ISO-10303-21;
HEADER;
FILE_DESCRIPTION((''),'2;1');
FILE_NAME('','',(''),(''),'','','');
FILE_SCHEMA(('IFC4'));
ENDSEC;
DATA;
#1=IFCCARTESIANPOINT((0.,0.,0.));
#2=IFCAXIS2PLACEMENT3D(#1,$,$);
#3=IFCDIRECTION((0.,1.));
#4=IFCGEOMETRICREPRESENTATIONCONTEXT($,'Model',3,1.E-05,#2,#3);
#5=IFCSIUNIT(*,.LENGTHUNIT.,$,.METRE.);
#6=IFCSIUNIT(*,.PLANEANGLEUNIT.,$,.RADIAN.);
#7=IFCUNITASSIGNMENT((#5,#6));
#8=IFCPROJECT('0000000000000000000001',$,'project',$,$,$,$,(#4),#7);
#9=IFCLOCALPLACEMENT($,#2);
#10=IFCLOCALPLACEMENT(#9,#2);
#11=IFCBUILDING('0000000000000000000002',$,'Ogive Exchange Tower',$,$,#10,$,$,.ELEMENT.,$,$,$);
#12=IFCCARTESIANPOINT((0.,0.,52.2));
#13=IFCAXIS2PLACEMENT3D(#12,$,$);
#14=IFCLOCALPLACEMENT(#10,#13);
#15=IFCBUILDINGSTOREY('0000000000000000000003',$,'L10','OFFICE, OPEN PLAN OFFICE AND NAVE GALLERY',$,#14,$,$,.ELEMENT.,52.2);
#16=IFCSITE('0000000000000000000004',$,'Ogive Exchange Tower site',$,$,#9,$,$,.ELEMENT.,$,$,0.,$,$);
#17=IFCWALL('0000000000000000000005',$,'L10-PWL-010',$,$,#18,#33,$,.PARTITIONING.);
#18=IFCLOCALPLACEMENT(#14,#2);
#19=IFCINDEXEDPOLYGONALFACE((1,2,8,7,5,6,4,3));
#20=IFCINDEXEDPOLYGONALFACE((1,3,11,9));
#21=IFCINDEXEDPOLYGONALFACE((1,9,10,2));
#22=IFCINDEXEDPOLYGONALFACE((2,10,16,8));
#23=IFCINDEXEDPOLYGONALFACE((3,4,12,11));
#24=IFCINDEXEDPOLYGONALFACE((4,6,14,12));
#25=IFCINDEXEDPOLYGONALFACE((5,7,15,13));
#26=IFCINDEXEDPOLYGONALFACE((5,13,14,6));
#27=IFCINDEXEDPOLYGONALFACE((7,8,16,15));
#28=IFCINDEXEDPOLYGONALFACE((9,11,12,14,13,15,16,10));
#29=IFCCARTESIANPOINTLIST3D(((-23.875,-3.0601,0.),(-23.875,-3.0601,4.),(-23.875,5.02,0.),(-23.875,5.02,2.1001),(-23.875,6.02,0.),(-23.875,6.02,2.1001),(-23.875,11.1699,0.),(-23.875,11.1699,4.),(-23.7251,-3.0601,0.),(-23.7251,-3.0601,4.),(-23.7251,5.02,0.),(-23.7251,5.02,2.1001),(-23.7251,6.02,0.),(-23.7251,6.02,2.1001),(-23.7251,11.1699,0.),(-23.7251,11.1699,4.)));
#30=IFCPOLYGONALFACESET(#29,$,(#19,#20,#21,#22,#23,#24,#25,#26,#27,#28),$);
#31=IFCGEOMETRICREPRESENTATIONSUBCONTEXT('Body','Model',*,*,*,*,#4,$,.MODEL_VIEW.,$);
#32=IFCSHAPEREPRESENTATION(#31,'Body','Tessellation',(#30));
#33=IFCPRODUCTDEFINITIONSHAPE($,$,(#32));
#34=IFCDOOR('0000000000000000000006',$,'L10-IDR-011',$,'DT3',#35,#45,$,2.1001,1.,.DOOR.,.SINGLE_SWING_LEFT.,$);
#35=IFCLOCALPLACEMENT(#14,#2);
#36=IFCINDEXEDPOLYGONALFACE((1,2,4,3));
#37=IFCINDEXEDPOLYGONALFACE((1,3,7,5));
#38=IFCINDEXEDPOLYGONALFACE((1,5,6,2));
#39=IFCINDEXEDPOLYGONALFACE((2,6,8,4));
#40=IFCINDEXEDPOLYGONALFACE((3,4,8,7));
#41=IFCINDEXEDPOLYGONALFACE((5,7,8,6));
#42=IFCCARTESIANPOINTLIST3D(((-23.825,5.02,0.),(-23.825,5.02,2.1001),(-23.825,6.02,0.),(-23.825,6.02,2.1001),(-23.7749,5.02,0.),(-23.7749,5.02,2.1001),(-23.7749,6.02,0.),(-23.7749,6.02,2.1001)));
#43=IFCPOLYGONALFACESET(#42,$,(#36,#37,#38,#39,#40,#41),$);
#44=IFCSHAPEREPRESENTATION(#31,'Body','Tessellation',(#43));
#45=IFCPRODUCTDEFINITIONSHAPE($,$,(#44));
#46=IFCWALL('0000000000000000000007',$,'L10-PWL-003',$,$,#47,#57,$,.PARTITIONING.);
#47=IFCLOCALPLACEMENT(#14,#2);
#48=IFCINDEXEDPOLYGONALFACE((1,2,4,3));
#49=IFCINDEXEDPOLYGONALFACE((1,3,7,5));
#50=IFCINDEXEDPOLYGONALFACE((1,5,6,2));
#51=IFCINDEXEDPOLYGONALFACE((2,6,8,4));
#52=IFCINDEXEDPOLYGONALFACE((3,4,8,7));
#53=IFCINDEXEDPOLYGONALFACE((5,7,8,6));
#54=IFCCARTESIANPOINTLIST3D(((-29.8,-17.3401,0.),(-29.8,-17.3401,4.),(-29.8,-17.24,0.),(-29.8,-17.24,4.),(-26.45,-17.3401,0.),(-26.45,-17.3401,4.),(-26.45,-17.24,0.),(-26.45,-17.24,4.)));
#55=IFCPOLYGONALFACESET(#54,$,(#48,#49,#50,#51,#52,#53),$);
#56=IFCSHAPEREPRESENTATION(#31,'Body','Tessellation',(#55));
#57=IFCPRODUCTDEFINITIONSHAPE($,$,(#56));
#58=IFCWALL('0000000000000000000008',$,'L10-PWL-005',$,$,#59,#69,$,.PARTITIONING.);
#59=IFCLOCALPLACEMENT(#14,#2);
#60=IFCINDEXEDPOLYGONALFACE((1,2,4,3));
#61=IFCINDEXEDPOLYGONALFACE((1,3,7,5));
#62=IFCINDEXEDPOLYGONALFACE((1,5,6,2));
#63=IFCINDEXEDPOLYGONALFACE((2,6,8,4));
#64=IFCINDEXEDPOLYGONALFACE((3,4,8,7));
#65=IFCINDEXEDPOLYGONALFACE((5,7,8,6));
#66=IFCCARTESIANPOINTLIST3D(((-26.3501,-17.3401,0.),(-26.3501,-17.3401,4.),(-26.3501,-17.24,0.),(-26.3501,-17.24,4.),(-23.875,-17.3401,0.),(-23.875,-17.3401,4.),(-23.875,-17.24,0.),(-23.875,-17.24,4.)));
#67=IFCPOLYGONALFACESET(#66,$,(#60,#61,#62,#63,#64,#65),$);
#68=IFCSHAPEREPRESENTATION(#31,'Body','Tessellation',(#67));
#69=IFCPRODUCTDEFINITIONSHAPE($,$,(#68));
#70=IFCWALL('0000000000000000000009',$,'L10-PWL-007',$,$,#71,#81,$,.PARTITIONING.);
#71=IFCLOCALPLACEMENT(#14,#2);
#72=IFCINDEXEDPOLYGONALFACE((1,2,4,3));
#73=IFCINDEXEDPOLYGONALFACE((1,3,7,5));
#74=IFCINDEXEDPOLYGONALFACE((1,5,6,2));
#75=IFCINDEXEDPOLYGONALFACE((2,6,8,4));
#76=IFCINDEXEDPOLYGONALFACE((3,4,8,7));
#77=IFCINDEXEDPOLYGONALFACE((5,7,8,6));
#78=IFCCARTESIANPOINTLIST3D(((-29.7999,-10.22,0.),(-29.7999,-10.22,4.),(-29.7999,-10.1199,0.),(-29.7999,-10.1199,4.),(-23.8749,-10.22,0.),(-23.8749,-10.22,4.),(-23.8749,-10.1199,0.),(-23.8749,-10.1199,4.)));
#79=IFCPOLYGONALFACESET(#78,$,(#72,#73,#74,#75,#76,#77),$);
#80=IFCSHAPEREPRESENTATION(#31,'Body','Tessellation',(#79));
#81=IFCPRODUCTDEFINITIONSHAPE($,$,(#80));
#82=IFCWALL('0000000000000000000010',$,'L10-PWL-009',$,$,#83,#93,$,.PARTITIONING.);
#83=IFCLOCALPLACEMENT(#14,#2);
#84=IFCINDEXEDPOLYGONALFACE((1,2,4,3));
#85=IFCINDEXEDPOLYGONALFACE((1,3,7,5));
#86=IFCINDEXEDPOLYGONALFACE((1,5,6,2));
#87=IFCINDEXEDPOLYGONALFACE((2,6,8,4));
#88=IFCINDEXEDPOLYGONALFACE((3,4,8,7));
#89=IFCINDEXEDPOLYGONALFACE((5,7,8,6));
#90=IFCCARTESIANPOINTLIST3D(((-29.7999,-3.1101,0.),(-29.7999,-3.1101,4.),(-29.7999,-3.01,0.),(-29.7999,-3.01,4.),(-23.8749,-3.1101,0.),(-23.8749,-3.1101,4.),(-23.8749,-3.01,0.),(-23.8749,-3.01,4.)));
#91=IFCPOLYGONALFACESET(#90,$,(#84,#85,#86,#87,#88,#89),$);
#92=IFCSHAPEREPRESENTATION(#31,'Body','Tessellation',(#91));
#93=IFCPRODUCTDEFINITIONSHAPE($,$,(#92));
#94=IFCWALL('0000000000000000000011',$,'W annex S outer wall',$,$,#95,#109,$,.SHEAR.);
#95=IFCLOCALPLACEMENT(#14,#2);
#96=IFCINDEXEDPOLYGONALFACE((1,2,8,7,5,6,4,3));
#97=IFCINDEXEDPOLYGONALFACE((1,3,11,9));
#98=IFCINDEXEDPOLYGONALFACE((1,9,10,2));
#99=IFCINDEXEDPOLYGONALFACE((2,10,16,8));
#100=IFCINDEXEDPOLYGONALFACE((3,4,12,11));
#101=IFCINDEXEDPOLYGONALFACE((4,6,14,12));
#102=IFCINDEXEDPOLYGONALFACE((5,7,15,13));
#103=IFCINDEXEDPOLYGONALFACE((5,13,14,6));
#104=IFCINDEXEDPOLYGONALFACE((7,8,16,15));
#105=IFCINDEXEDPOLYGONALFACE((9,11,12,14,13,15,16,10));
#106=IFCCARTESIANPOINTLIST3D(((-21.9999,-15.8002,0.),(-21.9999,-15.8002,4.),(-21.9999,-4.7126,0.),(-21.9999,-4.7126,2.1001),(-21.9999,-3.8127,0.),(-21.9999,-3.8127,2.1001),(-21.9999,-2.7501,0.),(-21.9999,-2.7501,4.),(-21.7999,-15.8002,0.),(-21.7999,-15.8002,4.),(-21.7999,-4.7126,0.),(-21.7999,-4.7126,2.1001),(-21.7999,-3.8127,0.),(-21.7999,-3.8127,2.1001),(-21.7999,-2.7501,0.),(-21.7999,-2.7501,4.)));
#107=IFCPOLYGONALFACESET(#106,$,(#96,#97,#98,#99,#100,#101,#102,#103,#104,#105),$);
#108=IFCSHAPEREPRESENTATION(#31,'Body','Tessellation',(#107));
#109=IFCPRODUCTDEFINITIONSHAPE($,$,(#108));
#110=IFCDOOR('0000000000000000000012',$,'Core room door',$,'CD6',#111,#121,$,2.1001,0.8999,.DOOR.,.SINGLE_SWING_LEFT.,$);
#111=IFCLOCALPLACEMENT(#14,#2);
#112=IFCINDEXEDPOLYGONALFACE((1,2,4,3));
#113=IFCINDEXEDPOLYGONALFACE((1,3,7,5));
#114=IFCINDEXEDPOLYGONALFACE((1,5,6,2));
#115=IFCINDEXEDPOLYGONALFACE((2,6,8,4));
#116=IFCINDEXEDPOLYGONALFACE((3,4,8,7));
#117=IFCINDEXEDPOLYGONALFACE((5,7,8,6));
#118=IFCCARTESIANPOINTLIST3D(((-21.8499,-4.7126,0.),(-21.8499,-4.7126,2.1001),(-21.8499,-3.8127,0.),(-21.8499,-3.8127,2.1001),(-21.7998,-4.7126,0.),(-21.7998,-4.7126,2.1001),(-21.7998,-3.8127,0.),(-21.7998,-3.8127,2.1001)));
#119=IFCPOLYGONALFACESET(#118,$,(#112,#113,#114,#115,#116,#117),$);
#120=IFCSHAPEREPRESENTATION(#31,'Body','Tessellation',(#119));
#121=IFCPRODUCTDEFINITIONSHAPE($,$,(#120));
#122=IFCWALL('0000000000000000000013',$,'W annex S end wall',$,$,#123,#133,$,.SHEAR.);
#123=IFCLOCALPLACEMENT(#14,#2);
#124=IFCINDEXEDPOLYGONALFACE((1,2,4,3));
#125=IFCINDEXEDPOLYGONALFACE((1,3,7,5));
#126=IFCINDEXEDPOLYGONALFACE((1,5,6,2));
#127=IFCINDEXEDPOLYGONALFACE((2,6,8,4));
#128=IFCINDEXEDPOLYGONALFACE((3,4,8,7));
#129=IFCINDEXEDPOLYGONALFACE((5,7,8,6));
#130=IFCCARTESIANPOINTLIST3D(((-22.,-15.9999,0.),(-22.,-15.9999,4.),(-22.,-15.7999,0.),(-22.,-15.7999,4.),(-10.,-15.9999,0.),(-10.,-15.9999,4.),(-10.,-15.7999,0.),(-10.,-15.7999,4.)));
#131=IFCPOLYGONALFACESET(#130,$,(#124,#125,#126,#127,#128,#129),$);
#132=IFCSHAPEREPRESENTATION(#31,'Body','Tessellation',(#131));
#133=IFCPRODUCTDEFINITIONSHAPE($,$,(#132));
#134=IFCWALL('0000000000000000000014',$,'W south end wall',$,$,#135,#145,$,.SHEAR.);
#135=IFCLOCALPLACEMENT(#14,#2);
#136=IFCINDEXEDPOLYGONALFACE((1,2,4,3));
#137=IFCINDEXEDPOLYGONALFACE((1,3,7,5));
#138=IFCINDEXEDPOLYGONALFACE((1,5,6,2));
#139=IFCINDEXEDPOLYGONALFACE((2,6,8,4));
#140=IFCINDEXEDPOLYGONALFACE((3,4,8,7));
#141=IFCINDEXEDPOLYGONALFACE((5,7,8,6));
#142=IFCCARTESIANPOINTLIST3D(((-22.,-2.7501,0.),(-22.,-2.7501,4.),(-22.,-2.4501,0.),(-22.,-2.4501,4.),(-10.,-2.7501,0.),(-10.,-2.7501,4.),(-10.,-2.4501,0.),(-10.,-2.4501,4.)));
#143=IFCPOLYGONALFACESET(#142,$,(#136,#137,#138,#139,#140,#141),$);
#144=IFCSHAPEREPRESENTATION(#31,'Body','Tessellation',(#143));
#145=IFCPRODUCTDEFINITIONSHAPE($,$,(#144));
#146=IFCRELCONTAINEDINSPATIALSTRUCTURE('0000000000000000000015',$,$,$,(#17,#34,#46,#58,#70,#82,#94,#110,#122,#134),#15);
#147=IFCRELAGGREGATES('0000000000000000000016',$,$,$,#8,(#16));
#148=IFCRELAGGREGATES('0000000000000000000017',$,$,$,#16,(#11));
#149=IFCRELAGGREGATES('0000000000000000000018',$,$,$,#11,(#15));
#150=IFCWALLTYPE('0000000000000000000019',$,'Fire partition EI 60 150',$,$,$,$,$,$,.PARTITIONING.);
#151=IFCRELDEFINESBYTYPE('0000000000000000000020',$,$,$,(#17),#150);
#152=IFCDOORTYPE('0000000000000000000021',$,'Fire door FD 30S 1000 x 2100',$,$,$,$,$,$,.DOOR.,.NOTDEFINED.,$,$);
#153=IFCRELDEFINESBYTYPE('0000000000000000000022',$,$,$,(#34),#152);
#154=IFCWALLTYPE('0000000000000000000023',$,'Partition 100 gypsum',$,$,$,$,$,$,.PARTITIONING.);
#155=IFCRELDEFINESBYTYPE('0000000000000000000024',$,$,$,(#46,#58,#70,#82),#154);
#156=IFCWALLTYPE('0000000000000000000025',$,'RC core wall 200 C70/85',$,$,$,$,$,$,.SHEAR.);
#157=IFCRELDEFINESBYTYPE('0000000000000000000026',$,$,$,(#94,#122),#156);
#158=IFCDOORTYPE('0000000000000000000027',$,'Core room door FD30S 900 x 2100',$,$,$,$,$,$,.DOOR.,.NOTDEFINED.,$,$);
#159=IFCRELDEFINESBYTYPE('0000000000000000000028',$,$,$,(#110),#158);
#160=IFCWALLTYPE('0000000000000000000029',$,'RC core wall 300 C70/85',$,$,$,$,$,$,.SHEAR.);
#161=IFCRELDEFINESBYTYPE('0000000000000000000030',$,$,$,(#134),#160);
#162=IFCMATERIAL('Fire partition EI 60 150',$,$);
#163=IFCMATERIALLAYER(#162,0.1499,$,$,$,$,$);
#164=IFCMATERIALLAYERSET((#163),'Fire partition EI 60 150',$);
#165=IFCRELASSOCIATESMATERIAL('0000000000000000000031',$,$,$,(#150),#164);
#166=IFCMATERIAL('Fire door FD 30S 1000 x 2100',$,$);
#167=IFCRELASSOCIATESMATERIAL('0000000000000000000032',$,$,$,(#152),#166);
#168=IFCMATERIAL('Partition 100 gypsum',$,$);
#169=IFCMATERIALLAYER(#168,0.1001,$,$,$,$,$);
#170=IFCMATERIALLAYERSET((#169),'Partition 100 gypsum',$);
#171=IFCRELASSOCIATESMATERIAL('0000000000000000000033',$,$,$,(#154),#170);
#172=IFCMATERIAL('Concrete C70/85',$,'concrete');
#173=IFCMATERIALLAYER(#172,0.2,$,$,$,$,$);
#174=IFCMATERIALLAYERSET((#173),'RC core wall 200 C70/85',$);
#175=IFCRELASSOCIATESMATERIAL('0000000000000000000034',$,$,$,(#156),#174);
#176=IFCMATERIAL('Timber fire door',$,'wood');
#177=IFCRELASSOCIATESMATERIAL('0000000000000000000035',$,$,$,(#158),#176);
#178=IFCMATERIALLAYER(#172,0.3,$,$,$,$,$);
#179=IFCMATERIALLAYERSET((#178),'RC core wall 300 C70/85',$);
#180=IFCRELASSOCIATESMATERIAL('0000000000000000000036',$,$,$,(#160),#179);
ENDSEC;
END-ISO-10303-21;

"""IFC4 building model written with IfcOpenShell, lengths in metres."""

from ifc_helpers import new_model, si_unit, direction, frame, frame_2d, origin, place, context, subcontext, project, spatial, rectangle, extrude, material, layer, layer_set, type_object, element, fill, save


model = new_model("IFC4")

# Units and contexts
model_context = context("Model", 3, precision=1e-05, world=origin(), true_north=direction((0.0, 1.0)))
body_context = subcontext(model_context, "Body", "Model", "MODEL_VIEW")
ifc_project = project(units=[si_unit("LENGTHUNIT", "METRE"), si_unit("PLANEANGLEUNIT", "RADIAN")], contexts=[model_context])

# Site, building, storey
site_placement = place(None, origin())
site = spatial("IfcSite", under=ifc_project, at=site_placement, Name="Ogive Exchange Tower site", CompositionType="ELEMENT", RefElevation=0.0)
building_placement = place(site_placement, origin())
building = spatial("IfcBuilding", under=site, at=building_placement, Name="Ogive Exchange Tower", CompositionType="ELEMENT")
storey_placement = place(building_placement, frame((0.0, 0.0, 52.2)))
storey = spatial("IfcBuildingStorey", under=building, at=storey_placement, Name="L10", Description="OFFICE, OPEN PLAN OFFICE AND NAVE GALLERY", CompositionType="ELEMENT", Elevation=52.2)

# Wall, opening, door
ifc_material_1 = material(Name="Fire partition EI 60 150")
ifc_layer_1 = layer(ifc_material_1, 0.1499)
ifc_layer_set_1 = layer_set([ifc_layer_1], Name="Fire partition EI 60 150")
wall_type_1 = type_object("IfcWallType", Name="Fire partition EI 60 150", PredefinedType="PARTITIONING", material=ifc_layer_set_1)
ifc_material_2 = material(Name="Fire door FD 30S 1000 x 2100")
door_type_1 = type_object("IfcDoorType", Name="Fire door FD 30S 1000 x 2100", OperationType="NOTDEFINED", PredefinedType="DOOR", material=ifc_material_2)
wall_1_placement = place(storey_placement, frame((-23.8, -3.0601, 0.0), z_axis=(0.0, 0.0, 1.0), x_axis=(0.0, 1.0, 0.0)))
wall_1 = element("IfcWall", 1, at=wall_1_placement, inside=storey, type_object=wall_type_1, Name="L10-PWL-010", PredefinedType="PARTITIONING", context=body_context, shape_type="SweptSolid", body=[
    extrude(rectangle(XDim=14.23, YDim=0.1499, at=frame_2d((7.115, 0.0))), origin(), (0.0, 0.0, 1.0), 4.0),
])
opening_1_placement = place(wall_1_placement, frame((8.0801, 0.0, 0.0)))
opening_1 = element("IfcOpeningElement", 2, at=opening_1_placement, cuts=wall_1, PredefinedType="OPENING", context=body_context, shape_type="SweptSolid", body=[
    extrude(rectangle(XDim=1.0, YDim=2.1001, at=frame_2d((0.5, 1.05))), frame((0.0, 0.085, 0.0), z_axis=(0.0, -1.0, 0.0), x_axis=(1.0, 0.0, 0.0)), (0.0, 0.0, 1.0), 0.1699),
])
door_1_placement = place(opening_1_placement, origin())
door_1 = element("IfcDoor", 3, at=door_1_placement, inside=storey, type_object=door_type_1, Name="L10-IDR-011", ObjectType="DT3", OperationType="SINGLE_SWING_LEFT", OverallHeight=2.1001, OverallWidth=1.0, PredefinedType="DOOR", context=body_context, shape_type="SweptSolid", body=[
    extrude(rectangle(XDim=1.0, YDim=2.1001, at=frame_2d((0.5, 1.05))), frame((0.0, 0.0249, 0.0), z_axis=(0.0, -1.0, 0.0), x_axis=(1.0, 0.0, 0.0)), (0.0, 0.0, 1.0), 0.05),
])
fill(opening_1, door_1)

# Walls
ifc_material_3 = material(Name="Partition 100 gypsum")
ifc_layer_2 = layer(ifc_material_3, 0.1001)
ifc_layer_set_2 = layer_set([ifc_layer_2], Name="Partition 100 gypsum")
wall_type_2 = type_object("IfcWallType", Name="Partition 100 gypsum", PredefinedType="PARTITIONING", material=ifc_layer_set_2)
wall_2_placement = place(storey_placement, frame((-26.45, -17.29, 0.0), z_axis=(0.0, 0.0, 1.0), x_axis=(-1.0, 0.0, 0.0)))
element("IfcWall", 4, at=wall_2_placement, inside=storey, type_object=wall_type_2, Name="L10-PWL-003", PredefinedType="PARTITIONING", context=body_context, shape_type="SweptSolid", body=[
    extrude(rectangle(XDim=3.3501, YDim=0.1001, at=frame_2d((1.675, 0.0))), origin(), (0.0, 0.0, 1.0), 4.0),
])
wall_3_placement = place(storey_placement, frame((-23.875, -17.29, 0.0), z_axis=(0.0, 0.0, 1.0), x_axis=(-1.0, 0.0, 0.0)))
element("IfcWall", 5, at=wall_3_placement, inside=storey, type_object=wall_type_2, Name="L10-PWL-005", PredefinedType="PARTITIONING", context=body_context, shape_type="SweptSolid", body=[
    extrude(rectangle(XDim=2.4751, YDim=0.1001, at=frame_2d((1.2375, 0.0))), origin(), (0.0, 0.0, 1.0), 4.0),
])
for number, where, z_axis, x_axis, name in (
    (6, (-23.875, -10.1699, 0.0), (0.0, 0.0, 1.0), (-1.0, 0.0, 0.0), "L10-PWL-007"),
    (7, (-23.875, -3.0601, 0.0), (0.0, 0.0, 1.0), (-1.0, 0.0, 0.0), "L10-PWL-009"),
):
    element("IfcWall", number, at=place(storey_placement, frame(where, z_axis=z_axis, x_axis=x_axis)), inside=storey, type_object=wall_type_2, Name=name, PredefinedType="PARTITIONING", context=body_context, shape_type="SweptSolid", body=[
        extrude(rectangle(XDim=5.925, YDim=0.1001, at=frame_2d((2.9624, 0.0))), origin(), (0.0, 0.0, 1.0), 4.0),
    ])

# Wall, opening, door
ifc_material_4 = material(Name="Concrete C70/85", Category="concrete")
ifc_layer_3 = layer(ifc_material_4, 0.2)
ifc_layer_set_3 = layer_set([ifc_layer_3], Name="RC core wall 200 C70/85")
wall_type_3 = type_object("IfcWallType", Name="RC core wall 200 C70/85", PredefinedType="SHEAR", material=ifc_layer_set_3)
wall_4_placement = place(storey_placement, frame((-21.8999, -15.8, 0.0), z_axis=(0.0, 0.0, 1.0), x_axis=(0.0, 1.0, 0.0)))
wall_4 = element("IfcWall", 8, at=wall_4_placement, inside=storey, type_object=wall_type_3, Name="W annex S outer wall", PredefinedType="SHEAR", context=body_context, shape_type="SweptSolid", body=[
    extrude(rectangle(XDim=13.05, YDim=0.2, at=frame_2d((6.5249, 0.0))), origin(), (0.0, 0.0, 1.0), 4.0),
])
opening_2_placement = place(wall_4_placement, frame((11.0874, 0.0, 0.0)))
opening_2 = element("IfcOpeningElement", 9, at=opening_2_placement, cuts=wall_4, PredefinedType="OPENING", context=body_context, shape_type="SweptSolid", body=[
    extrude(rectangle(XDim=0.8999, YDim=2.1001, at=frame_2d((0.45, 1.05))), frame((0.0, 0.1099, 0.0), z_axis=(0.0, -1.0, 0.0), x_axis=(1.0, 0.0, 0.0)), (0.0, 0.0, 1.0), 0.22),
])
ifc_material_5 = material(Name="Timber fire door", Category="wood")
door_type_2 = type_object("IfcDoorType", Name="Core room door FD30S 900 x 2100", OperationType="NOTDEFINED", PredefinedType="DOOR", material=ifc_material_5)
door_2_placement = place(opening_2_placement, frame((0.8999, -0.1499, 0.0), z_axis=(0.0, 0.0, 1.0), x_axis=(-1.0, 0.0, 0.0)))
door_2 = element("IfcDoor", 10, at=door_2_placement, inside=storey, type_object=door_type_2, Name="Core room door", ObjectType="CD6", OperationType="SINGLE_SWING_LEFT", OverallHeight=2.1001, OverallWidth=0.8999, PredefinedType="DOOR", context=body_context, shape_type="SweptSolid", body=[
    extrude(rectangle(XDim=0.8999, YDim=2.1001, at=frame_2d((0.45, 1.05))), frame((0.0, -0.0498, 0.0), z_axis=(0.0, -1.0, 0.0), x_axis=(1.0, 0.0, 0.0)), (0.0, 0.0, 1.0), 0.05),
])
fill(opening_2, door_2)

# Walls
wall_5_placement = place(storey_placement, frame((-22.0, -15.8999, 0.0), z_axis=(0.0, 0.0, 1.0), x_axis=(1.0, 0.0, 0.0)))
element("IfcWall", 11, at=wall_5_placement, inside=storey, type_object=wall_type_3, Name="W annex S end wall", PredefinedType="SHEAR", context=body_context, shape_type="SweptSolid", body=[
    extrude(rectangle(XDim=12.0, YDim=0.2, at=frame_2d((6.0, 0.0))), origin(), (0.0, 0.0, 1.0), 4.0),
])
ifc_layer_4 = layer(ifc_material_4, 0.3)
ifc_layer_set_4 = layer_set([ifc_layer_4], Name="RC core wall 300 C70/85")
wall_type_4 = type_object("IfcWallType", Name="RC core wall 300 C70/85", PredefinedType="SHEAR", material=ifc_layer_set_4)
wall_6_placement = place(storey_placement, frame((-22.0, -2.6001, 0.0), z_axis=(0.0, 0.0, 1.0), x_axis=(1.0, 0.0, 0.0)))
element("IfcWall", 12, at=wall_6_placement, inside=storey, type_object=wall_type_4, Name="W south end wall", PredefinedType="SHEAR", context=body_context, shape_type="SweptSolid", body=[
    extrude(rectangle(XDim=12.0, YDim=0.3, at=frame_2d((6.0, 0.0))), origin(), (0.0, 0.0, 1.0), 4.0),
])

save(model, "model.ifc")
